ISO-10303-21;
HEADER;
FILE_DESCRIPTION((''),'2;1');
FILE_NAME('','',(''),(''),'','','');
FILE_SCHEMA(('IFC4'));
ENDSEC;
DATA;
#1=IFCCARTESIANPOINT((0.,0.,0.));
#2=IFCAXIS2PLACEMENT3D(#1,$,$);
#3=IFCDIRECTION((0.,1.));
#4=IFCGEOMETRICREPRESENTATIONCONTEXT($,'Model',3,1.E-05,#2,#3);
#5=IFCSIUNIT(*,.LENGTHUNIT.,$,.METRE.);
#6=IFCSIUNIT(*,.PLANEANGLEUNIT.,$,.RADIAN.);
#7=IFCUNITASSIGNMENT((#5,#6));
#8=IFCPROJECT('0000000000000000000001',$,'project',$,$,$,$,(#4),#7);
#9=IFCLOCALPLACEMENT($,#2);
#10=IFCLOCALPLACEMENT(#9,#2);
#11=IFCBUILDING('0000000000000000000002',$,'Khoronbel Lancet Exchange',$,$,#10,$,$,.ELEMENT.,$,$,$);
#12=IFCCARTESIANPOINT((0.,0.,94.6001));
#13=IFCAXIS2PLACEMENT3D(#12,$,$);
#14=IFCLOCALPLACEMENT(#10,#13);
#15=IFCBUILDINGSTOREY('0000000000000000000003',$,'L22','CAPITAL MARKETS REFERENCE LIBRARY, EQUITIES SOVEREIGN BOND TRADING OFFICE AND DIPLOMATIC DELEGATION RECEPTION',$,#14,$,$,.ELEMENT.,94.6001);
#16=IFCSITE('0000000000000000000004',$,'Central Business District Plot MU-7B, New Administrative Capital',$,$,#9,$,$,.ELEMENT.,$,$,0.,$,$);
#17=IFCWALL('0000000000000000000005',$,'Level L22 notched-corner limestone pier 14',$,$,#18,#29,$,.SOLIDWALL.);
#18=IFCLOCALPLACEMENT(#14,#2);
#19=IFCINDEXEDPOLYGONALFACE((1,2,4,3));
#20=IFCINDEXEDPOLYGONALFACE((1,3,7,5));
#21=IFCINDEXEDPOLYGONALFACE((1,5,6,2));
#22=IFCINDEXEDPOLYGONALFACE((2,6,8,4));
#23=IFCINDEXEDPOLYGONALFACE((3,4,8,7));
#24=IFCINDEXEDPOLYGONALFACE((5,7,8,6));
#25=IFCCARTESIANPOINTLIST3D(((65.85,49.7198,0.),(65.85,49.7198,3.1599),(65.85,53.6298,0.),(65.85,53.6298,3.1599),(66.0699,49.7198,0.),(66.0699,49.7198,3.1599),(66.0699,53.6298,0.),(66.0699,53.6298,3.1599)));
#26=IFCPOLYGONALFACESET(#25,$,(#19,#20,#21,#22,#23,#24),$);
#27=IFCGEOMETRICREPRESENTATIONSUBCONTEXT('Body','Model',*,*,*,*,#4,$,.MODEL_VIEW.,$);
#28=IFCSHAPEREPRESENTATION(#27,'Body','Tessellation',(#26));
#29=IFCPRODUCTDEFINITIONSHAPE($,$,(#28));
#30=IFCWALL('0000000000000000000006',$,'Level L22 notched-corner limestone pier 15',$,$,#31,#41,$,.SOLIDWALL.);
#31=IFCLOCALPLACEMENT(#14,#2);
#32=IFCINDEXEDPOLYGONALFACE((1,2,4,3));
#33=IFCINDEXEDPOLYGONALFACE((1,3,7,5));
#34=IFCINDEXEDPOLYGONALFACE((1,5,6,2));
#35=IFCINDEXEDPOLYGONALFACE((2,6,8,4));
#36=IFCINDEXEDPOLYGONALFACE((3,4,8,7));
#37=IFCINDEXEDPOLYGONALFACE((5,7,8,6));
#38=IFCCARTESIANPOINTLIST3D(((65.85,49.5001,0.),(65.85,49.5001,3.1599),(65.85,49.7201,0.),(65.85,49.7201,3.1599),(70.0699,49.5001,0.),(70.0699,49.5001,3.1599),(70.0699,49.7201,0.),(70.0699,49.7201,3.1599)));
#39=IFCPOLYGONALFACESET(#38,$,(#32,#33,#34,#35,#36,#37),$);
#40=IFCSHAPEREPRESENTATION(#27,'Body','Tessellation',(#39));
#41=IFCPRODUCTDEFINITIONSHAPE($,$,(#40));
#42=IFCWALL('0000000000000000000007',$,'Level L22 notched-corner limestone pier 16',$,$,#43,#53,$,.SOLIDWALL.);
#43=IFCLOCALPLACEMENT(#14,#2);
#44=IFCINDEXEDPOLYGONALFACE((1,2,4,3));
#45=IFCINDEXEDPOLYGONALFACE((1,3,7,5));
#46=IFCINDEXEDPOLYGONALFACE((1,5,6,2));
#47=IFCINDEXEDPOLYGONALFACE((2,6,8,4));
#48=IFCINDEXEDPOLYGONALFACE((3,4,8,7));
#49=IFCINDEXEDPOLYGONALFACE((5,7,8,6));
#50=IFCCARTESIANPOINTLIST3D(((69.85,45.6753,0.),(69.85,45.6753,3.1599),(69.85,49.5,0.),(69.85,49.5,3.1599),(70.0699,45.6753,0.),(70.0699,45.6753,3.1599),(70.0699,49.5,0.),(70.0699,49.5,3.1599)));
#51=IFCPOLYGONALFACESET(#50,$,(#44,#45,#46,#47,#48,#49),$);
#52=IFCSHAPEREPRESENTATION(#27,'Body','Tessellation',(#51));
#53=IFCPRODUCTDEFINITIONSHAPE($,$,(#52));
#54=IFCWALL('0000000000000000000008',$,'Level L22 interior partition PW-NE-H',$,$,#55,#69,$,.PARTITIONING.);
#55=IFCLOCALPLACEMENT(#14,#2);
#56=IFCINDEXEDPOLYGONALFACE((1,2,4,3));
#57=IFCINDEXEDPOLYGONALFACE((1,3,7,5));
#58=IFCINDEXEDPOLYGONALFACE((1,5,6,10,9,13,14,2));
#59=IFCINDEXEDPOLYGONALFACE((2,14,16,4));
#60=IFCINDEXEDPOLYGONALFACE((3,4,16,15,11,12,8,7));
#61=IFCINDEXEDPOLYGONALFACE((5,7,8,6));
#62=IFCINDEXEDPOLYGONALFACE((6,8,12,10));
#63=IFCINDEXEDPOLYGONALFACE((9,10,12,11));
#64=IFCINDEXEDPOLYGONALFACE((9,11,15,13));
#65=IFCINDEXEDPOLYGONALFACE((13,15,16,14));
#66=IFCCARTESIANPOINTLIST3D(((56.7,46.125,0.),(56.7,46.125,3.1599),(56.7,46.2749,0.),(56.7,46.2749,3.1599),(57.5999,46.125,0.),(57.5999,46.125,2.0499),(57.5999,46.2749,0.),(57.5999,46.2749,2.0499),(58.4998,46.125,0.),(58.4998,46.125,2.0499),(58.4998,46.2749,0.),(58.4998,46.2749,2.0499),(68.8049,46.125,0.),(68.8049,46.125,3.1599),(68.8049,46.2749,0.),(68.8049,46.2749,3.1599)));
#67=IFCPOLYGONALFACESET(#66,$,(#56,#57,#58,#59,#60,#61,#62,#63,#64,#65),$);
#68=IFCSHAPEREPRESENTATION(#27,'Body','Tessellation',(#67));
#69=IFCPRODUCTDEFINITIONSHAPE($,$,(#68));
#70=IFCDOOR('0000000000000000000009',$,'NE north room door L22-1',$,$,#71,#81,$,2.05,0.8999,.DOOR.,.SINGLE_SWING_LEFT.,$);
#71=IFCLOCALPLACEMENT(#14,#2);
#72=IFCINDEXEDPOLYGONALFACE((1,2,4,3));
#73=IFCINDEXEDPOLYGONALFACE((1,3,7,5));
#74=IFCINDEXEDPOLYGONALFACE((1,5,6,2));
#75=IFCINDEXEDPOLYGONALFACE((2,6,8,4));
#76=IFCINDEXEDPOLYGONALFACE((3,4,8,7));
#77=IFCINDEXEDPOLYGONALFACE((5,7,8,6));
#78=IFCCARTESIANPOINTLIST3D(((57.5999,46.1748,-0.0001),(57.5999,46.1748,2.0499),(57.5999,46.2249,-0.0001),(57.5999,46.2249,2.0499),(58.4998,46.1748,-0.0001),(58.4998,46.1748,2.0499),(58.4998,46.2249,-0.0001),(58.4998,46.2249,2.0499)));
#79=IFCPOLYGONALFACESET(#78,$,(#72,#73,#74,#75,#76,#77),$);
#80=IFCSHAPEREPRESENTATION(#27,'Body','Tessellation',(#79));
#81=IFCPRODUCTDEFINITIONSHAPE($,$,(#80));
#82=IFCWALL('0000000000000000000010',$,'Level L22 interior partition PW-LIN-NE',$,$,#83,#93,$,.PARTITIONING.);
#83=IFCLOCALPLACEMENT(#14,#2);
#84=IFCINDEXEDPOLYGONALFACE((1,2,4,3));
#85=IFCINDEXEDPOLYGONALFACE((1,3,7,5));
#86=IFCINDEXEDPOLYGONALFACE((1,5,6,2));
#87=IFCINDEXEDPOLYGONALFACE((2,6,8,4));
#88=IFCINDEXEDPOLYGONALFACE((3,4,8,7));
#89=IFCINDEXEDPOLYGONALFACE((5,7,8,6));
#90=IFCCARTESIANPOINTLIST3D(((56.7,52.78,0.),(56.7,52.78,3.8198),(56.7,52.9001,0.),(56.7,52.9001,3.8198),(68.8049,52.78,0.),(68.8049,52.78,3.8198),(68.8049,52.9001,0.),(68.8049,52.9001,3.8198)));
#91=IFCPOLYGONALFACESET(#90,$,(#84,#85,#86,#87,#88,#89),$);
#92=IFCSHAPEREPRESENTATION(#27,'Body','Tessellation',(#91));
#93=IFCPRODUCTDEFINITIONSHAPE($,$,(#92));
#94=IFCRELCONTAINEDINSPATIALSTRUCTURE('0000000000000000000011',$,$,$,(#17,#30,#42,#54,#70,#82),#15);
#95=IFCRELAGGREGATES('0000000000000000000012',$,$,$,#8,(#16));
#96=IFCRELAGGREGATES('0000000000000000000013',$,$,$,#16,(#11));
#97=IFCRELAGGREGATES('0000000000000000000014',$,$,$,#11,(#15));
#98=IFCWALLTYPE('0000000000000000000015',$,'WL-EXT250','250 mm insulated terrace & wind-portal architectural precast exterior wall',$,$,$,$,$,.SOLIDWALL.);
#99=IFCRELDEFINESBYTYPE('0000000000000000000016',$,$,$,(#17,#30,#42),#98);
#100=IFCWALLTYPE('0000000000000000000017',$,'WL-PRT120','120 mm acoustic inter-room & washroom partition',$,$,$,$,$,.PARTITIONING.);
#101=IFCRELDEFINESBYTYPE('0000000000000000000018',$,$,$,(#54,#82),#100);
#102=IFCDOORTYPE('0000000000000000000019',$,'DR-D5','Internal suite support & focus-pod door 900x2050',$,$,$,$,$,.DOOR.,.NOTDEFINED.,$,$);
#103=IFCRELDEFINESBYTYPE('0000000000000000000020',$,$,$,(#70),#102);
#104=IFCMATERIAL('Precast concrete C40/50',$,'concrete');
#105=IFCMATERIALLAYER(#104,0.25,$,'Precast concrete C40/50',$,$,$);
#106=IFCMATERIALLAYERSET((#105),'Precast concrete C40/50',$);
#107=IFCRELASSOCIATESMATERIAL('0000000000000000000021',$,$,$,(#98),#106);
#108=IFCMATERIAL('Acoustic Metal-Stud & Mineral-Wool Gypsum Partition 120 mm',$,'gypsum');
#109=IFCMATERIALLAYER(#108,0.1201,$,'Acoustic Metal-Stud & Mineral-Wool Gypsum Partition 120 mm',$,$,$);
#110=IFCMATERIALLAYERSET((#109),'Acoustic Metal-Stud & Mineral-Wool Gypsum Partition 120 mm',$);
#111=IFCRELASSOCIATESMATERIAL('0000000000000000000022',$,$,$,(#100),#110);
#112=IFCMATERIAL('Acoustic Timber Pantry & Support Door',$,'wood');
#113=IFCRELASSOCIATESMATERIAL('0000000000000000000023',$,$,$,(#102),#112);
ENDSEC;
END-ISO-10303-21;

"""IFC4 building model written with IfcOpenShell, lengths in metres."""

from ifc_helpers import new_model, si_unit, direction, frame, frame_2d, origin, place, context, subcontext, project, spatial, rectangle, extrude, material, layer, layer_set, type_object, element, fill, save


model = new_model("IFC4")

# Units and contexts
model_context = context("Model", 3, precision=1e-05, world=origin(), true_north=direction((0.0, 1.0)))
body_context = subcontext(model_context, "Body", "Model", "MODEL_VIEW")
ifc_project = project(units=[si_unit("LENGTHUNIT", "METRE"), si_unit("PLANEANGLEUNIT", "RADIAN")], contexts=[model_context])

# Site, building, storey
site_placement = place(None, origin())
site = spatial("IfcSite", under=ifc_project, at=site_placement, Name="Central Business District Plot MU-7B, New Administrative Capital", CompositionType="ELEMENT", RefElevation=0.0)
building_placement = place(site_placement, origin())
building = spatial("IfcBuilding", under=site, at=building_placement, Name="Khoronbel Lancet Exchange", CompositionType="ELEMENT")
storey_placement = place(building_placement, frame((0.0, 0.0, 94.6001)))
storey = spatial("IfcBuildingStorey", under=building, at=storey_placement, Name="L22", Description="CAPITAL MARKETS REFERENCE LIBRARY, EQUITIES SOVEREIGN BOND TRADING OFFICE AND DIPLOMATIC DELEGATION RECEPTION", CompositionType="ELEMENT", Elevation=94.6001)

# Walls
ifc_material_1 = material(Name="Precast concrete C40/50", Category="concrete")
ifc_layer_1 = layer(ifc_material_1, 0.25, Name="Precast concrete C40/50")
ifc_layer_set_1 = layer_set([ifc_layer_1], Name="Precast concrete C40/50")
wall_type_1 = type_object("IfcWallType", Name="WL-EXT250", Description="250 mm insulated terrace & wind-portal architectural precast exterior wall", PredefinedType="SOLIDWALL", material=ifc_layer_set_1)
wall_1_placement = place(storey_placement, frame((65.96, 53.6299, 0.0), z_axis=(0.0, 0.0, 1.0), x_axis=(0.0, -1.0, 0.0)))
element("IfcWall", 1, at=wall_1_placement, inside=storey, type_object=wall_type_1, Name="Level L22 notched-corner limestone pier 14", PredefinedType="SOLIDWALL", context=body_context, shape_type="SweptSolid", body=[
    extrude(rectangle(XDim=3.9099, YDim=0.22, at=frame_2d((1.9551, 0.0))), origin(), (0.0, 0.0, 1.0), 3.1599),
])
wall_2_placement = place(storey_placement, frame((65.8501, 49.6101, 0.0), z_axis=(0.0, 0.0, 1.0), x_axis=(1.0, 0.0, 0.0)))
element("IfcWall", 2, at=wall_2_placement, inside=storey, type_object=wall_type_1, Name="Level L22 notched-corner limestone pier 15", PredefinedType="SOLIDWALL", context=body_context, shape_type="SweptSolid", body=[
    extrude(rectangle(XDim=4.22, YDim=0.22, at=frame_2d((2.1099, 0.0))), origin(), (0.0, 0.0, 1.0), 3.1599),
])
wall_3_placement = place(storey_placement, frame((69.96, 49.5, 0.0), z_axis=(0.0, 0.0, 1.0), x_axis=(0.0, -1.0, 0.0)))
element("IfcWall", 3, at=wall_3_placement, inside=storey, type_object=wall_type_1, Name="Level L22 notched-corner limestone pier 16", PredefinedType="SOLIDWALL", context=body_context, shape_type="SweptSolid", body=[
    extrude(rectangle(XDim=3.8247, YDim=0.22, at=frame_2d((1.9124, 0.0))), origin(), (0.0, 0.0, 1.0), 3.1599),
])

# Wall, opening, door
ifc_material_2 = material(Name="Acoustic Metal-Stud & Mineral-Wool Gypsum Partition 120 mm", Category="gypsum")
ifc_layer_2 = layer(ifc_material_2, 0.1201, Name="Acoustic Metal-Stud & Mineral-Wool Gypsum Partition 120 mm")
ifc_layer_set_2 = layer_set([ifc_layer_2], Name="Acoustic Metal-Stud & Mineral-Wool Gypsum Partition 120 mm")
wall_type_2 = type_object("IfcWallType", Name="WL-PRT120", Description="120 mm acoustic inter-room & washroom partition", PredefinedType="PARTITIONING", material=ifc_layer_set_2)
wall_4_placement = place(storey_placement, frame((56.7, 46.2, 0.0), z_axis=(0.0, 0.0, 1.0), x_axis=(1.0, 0.0, 0.0)))
wall_4 = element("IfcWall", 4, at=wall_4_placement, inside=storey, type_object=wall_type_2, Name="Level L22 interior partition PW-NE-H", PredefinedType="PARTITIONING", context=body_context, shape_type="SweptSolid", body=[
    extrude(rectangle(XDim=12.105, YDim=0.1499, at=frame_2d((6.0525, 0.0))), origin(), (0.0, 0.0, 1.0), 3.1599),
])
opening_placement = place(wall_4_placement, frame((0.8999, 0.0, 0.0)))
opening = element("IfcOpeningElement", 5, at=opening_placement, cuts=wall_4, PredefinedType="OPENING", context=body_context, shape_type="SweptSolid", body=[
    extrude(rectangle(XDim=0.8999, YDim=2.05, at=frame_2d((0.45, 1.0249))), frame((0.0, 0.085, 0.0), z_axis=(0.0, -1.0, 0.0), x_axis=(1.0, 0.0, 0.0)), (0.0, 0.0, 1.0), 0.1699),
])
ifc_material_3 = material(Name="Acoustic Timber Pantry & Support Door", Category="wood")
door_type = type_object("IfcDoorType", Name="DR-D5", Description="Internal suite support & focus-pod door 900x2050", OperationType="NOTDEFINED", PredefinedType="DOOR", material=ifc_material_3)
door_placement = place(opening_placement, origin())
door = element("IfcDoor", 6, at=door_placement, inside=storey, type_object=door_type, Name="NE north room door L22-1", OperationType="SINGLE_SWING_LEFT", OverallHeight=2.05, OverallWidth=0.8999, PredefinedType="DOOR", context=body_context, shape_type="SweptSolid", body=[
    extrude(rectangle(XDim=0.8999, YDim=2.05, at=frame_2d((0.45, 1.0249))), frame((0.0, 0.0249, 0.0), z_axis=(0.0, -1.0, 0.0), x_axis=(1.0, 0.0, 0.0)), (0.0, 0.0, 1.0), 0.05),
])
fill(opening, door)

# Wall
wall_5_placement = place(storey_placement, frame((56.7, 52.8401, 0.0), z_axis=(0.0, 0.0, 1.0), x_axis=(1.0, 0.0, 0.0)))
element("IfcWall", 7, at=wall_5_placement, inside=storey, type_object=wall_type_2, Name="Level L22 interior partition PW-LIN-NE", PredefinedType="PARTITIONING", context=body_context, shape_type="SweptSolid", body=[
    extrude(rectangle(XDim=12.105, YDim=0.1201, at=frame_2d((6.0525, 0.0))), origin(), (0.0, 0.0, 1.0), 3.8198),
])

save(model, "model.ifc")
